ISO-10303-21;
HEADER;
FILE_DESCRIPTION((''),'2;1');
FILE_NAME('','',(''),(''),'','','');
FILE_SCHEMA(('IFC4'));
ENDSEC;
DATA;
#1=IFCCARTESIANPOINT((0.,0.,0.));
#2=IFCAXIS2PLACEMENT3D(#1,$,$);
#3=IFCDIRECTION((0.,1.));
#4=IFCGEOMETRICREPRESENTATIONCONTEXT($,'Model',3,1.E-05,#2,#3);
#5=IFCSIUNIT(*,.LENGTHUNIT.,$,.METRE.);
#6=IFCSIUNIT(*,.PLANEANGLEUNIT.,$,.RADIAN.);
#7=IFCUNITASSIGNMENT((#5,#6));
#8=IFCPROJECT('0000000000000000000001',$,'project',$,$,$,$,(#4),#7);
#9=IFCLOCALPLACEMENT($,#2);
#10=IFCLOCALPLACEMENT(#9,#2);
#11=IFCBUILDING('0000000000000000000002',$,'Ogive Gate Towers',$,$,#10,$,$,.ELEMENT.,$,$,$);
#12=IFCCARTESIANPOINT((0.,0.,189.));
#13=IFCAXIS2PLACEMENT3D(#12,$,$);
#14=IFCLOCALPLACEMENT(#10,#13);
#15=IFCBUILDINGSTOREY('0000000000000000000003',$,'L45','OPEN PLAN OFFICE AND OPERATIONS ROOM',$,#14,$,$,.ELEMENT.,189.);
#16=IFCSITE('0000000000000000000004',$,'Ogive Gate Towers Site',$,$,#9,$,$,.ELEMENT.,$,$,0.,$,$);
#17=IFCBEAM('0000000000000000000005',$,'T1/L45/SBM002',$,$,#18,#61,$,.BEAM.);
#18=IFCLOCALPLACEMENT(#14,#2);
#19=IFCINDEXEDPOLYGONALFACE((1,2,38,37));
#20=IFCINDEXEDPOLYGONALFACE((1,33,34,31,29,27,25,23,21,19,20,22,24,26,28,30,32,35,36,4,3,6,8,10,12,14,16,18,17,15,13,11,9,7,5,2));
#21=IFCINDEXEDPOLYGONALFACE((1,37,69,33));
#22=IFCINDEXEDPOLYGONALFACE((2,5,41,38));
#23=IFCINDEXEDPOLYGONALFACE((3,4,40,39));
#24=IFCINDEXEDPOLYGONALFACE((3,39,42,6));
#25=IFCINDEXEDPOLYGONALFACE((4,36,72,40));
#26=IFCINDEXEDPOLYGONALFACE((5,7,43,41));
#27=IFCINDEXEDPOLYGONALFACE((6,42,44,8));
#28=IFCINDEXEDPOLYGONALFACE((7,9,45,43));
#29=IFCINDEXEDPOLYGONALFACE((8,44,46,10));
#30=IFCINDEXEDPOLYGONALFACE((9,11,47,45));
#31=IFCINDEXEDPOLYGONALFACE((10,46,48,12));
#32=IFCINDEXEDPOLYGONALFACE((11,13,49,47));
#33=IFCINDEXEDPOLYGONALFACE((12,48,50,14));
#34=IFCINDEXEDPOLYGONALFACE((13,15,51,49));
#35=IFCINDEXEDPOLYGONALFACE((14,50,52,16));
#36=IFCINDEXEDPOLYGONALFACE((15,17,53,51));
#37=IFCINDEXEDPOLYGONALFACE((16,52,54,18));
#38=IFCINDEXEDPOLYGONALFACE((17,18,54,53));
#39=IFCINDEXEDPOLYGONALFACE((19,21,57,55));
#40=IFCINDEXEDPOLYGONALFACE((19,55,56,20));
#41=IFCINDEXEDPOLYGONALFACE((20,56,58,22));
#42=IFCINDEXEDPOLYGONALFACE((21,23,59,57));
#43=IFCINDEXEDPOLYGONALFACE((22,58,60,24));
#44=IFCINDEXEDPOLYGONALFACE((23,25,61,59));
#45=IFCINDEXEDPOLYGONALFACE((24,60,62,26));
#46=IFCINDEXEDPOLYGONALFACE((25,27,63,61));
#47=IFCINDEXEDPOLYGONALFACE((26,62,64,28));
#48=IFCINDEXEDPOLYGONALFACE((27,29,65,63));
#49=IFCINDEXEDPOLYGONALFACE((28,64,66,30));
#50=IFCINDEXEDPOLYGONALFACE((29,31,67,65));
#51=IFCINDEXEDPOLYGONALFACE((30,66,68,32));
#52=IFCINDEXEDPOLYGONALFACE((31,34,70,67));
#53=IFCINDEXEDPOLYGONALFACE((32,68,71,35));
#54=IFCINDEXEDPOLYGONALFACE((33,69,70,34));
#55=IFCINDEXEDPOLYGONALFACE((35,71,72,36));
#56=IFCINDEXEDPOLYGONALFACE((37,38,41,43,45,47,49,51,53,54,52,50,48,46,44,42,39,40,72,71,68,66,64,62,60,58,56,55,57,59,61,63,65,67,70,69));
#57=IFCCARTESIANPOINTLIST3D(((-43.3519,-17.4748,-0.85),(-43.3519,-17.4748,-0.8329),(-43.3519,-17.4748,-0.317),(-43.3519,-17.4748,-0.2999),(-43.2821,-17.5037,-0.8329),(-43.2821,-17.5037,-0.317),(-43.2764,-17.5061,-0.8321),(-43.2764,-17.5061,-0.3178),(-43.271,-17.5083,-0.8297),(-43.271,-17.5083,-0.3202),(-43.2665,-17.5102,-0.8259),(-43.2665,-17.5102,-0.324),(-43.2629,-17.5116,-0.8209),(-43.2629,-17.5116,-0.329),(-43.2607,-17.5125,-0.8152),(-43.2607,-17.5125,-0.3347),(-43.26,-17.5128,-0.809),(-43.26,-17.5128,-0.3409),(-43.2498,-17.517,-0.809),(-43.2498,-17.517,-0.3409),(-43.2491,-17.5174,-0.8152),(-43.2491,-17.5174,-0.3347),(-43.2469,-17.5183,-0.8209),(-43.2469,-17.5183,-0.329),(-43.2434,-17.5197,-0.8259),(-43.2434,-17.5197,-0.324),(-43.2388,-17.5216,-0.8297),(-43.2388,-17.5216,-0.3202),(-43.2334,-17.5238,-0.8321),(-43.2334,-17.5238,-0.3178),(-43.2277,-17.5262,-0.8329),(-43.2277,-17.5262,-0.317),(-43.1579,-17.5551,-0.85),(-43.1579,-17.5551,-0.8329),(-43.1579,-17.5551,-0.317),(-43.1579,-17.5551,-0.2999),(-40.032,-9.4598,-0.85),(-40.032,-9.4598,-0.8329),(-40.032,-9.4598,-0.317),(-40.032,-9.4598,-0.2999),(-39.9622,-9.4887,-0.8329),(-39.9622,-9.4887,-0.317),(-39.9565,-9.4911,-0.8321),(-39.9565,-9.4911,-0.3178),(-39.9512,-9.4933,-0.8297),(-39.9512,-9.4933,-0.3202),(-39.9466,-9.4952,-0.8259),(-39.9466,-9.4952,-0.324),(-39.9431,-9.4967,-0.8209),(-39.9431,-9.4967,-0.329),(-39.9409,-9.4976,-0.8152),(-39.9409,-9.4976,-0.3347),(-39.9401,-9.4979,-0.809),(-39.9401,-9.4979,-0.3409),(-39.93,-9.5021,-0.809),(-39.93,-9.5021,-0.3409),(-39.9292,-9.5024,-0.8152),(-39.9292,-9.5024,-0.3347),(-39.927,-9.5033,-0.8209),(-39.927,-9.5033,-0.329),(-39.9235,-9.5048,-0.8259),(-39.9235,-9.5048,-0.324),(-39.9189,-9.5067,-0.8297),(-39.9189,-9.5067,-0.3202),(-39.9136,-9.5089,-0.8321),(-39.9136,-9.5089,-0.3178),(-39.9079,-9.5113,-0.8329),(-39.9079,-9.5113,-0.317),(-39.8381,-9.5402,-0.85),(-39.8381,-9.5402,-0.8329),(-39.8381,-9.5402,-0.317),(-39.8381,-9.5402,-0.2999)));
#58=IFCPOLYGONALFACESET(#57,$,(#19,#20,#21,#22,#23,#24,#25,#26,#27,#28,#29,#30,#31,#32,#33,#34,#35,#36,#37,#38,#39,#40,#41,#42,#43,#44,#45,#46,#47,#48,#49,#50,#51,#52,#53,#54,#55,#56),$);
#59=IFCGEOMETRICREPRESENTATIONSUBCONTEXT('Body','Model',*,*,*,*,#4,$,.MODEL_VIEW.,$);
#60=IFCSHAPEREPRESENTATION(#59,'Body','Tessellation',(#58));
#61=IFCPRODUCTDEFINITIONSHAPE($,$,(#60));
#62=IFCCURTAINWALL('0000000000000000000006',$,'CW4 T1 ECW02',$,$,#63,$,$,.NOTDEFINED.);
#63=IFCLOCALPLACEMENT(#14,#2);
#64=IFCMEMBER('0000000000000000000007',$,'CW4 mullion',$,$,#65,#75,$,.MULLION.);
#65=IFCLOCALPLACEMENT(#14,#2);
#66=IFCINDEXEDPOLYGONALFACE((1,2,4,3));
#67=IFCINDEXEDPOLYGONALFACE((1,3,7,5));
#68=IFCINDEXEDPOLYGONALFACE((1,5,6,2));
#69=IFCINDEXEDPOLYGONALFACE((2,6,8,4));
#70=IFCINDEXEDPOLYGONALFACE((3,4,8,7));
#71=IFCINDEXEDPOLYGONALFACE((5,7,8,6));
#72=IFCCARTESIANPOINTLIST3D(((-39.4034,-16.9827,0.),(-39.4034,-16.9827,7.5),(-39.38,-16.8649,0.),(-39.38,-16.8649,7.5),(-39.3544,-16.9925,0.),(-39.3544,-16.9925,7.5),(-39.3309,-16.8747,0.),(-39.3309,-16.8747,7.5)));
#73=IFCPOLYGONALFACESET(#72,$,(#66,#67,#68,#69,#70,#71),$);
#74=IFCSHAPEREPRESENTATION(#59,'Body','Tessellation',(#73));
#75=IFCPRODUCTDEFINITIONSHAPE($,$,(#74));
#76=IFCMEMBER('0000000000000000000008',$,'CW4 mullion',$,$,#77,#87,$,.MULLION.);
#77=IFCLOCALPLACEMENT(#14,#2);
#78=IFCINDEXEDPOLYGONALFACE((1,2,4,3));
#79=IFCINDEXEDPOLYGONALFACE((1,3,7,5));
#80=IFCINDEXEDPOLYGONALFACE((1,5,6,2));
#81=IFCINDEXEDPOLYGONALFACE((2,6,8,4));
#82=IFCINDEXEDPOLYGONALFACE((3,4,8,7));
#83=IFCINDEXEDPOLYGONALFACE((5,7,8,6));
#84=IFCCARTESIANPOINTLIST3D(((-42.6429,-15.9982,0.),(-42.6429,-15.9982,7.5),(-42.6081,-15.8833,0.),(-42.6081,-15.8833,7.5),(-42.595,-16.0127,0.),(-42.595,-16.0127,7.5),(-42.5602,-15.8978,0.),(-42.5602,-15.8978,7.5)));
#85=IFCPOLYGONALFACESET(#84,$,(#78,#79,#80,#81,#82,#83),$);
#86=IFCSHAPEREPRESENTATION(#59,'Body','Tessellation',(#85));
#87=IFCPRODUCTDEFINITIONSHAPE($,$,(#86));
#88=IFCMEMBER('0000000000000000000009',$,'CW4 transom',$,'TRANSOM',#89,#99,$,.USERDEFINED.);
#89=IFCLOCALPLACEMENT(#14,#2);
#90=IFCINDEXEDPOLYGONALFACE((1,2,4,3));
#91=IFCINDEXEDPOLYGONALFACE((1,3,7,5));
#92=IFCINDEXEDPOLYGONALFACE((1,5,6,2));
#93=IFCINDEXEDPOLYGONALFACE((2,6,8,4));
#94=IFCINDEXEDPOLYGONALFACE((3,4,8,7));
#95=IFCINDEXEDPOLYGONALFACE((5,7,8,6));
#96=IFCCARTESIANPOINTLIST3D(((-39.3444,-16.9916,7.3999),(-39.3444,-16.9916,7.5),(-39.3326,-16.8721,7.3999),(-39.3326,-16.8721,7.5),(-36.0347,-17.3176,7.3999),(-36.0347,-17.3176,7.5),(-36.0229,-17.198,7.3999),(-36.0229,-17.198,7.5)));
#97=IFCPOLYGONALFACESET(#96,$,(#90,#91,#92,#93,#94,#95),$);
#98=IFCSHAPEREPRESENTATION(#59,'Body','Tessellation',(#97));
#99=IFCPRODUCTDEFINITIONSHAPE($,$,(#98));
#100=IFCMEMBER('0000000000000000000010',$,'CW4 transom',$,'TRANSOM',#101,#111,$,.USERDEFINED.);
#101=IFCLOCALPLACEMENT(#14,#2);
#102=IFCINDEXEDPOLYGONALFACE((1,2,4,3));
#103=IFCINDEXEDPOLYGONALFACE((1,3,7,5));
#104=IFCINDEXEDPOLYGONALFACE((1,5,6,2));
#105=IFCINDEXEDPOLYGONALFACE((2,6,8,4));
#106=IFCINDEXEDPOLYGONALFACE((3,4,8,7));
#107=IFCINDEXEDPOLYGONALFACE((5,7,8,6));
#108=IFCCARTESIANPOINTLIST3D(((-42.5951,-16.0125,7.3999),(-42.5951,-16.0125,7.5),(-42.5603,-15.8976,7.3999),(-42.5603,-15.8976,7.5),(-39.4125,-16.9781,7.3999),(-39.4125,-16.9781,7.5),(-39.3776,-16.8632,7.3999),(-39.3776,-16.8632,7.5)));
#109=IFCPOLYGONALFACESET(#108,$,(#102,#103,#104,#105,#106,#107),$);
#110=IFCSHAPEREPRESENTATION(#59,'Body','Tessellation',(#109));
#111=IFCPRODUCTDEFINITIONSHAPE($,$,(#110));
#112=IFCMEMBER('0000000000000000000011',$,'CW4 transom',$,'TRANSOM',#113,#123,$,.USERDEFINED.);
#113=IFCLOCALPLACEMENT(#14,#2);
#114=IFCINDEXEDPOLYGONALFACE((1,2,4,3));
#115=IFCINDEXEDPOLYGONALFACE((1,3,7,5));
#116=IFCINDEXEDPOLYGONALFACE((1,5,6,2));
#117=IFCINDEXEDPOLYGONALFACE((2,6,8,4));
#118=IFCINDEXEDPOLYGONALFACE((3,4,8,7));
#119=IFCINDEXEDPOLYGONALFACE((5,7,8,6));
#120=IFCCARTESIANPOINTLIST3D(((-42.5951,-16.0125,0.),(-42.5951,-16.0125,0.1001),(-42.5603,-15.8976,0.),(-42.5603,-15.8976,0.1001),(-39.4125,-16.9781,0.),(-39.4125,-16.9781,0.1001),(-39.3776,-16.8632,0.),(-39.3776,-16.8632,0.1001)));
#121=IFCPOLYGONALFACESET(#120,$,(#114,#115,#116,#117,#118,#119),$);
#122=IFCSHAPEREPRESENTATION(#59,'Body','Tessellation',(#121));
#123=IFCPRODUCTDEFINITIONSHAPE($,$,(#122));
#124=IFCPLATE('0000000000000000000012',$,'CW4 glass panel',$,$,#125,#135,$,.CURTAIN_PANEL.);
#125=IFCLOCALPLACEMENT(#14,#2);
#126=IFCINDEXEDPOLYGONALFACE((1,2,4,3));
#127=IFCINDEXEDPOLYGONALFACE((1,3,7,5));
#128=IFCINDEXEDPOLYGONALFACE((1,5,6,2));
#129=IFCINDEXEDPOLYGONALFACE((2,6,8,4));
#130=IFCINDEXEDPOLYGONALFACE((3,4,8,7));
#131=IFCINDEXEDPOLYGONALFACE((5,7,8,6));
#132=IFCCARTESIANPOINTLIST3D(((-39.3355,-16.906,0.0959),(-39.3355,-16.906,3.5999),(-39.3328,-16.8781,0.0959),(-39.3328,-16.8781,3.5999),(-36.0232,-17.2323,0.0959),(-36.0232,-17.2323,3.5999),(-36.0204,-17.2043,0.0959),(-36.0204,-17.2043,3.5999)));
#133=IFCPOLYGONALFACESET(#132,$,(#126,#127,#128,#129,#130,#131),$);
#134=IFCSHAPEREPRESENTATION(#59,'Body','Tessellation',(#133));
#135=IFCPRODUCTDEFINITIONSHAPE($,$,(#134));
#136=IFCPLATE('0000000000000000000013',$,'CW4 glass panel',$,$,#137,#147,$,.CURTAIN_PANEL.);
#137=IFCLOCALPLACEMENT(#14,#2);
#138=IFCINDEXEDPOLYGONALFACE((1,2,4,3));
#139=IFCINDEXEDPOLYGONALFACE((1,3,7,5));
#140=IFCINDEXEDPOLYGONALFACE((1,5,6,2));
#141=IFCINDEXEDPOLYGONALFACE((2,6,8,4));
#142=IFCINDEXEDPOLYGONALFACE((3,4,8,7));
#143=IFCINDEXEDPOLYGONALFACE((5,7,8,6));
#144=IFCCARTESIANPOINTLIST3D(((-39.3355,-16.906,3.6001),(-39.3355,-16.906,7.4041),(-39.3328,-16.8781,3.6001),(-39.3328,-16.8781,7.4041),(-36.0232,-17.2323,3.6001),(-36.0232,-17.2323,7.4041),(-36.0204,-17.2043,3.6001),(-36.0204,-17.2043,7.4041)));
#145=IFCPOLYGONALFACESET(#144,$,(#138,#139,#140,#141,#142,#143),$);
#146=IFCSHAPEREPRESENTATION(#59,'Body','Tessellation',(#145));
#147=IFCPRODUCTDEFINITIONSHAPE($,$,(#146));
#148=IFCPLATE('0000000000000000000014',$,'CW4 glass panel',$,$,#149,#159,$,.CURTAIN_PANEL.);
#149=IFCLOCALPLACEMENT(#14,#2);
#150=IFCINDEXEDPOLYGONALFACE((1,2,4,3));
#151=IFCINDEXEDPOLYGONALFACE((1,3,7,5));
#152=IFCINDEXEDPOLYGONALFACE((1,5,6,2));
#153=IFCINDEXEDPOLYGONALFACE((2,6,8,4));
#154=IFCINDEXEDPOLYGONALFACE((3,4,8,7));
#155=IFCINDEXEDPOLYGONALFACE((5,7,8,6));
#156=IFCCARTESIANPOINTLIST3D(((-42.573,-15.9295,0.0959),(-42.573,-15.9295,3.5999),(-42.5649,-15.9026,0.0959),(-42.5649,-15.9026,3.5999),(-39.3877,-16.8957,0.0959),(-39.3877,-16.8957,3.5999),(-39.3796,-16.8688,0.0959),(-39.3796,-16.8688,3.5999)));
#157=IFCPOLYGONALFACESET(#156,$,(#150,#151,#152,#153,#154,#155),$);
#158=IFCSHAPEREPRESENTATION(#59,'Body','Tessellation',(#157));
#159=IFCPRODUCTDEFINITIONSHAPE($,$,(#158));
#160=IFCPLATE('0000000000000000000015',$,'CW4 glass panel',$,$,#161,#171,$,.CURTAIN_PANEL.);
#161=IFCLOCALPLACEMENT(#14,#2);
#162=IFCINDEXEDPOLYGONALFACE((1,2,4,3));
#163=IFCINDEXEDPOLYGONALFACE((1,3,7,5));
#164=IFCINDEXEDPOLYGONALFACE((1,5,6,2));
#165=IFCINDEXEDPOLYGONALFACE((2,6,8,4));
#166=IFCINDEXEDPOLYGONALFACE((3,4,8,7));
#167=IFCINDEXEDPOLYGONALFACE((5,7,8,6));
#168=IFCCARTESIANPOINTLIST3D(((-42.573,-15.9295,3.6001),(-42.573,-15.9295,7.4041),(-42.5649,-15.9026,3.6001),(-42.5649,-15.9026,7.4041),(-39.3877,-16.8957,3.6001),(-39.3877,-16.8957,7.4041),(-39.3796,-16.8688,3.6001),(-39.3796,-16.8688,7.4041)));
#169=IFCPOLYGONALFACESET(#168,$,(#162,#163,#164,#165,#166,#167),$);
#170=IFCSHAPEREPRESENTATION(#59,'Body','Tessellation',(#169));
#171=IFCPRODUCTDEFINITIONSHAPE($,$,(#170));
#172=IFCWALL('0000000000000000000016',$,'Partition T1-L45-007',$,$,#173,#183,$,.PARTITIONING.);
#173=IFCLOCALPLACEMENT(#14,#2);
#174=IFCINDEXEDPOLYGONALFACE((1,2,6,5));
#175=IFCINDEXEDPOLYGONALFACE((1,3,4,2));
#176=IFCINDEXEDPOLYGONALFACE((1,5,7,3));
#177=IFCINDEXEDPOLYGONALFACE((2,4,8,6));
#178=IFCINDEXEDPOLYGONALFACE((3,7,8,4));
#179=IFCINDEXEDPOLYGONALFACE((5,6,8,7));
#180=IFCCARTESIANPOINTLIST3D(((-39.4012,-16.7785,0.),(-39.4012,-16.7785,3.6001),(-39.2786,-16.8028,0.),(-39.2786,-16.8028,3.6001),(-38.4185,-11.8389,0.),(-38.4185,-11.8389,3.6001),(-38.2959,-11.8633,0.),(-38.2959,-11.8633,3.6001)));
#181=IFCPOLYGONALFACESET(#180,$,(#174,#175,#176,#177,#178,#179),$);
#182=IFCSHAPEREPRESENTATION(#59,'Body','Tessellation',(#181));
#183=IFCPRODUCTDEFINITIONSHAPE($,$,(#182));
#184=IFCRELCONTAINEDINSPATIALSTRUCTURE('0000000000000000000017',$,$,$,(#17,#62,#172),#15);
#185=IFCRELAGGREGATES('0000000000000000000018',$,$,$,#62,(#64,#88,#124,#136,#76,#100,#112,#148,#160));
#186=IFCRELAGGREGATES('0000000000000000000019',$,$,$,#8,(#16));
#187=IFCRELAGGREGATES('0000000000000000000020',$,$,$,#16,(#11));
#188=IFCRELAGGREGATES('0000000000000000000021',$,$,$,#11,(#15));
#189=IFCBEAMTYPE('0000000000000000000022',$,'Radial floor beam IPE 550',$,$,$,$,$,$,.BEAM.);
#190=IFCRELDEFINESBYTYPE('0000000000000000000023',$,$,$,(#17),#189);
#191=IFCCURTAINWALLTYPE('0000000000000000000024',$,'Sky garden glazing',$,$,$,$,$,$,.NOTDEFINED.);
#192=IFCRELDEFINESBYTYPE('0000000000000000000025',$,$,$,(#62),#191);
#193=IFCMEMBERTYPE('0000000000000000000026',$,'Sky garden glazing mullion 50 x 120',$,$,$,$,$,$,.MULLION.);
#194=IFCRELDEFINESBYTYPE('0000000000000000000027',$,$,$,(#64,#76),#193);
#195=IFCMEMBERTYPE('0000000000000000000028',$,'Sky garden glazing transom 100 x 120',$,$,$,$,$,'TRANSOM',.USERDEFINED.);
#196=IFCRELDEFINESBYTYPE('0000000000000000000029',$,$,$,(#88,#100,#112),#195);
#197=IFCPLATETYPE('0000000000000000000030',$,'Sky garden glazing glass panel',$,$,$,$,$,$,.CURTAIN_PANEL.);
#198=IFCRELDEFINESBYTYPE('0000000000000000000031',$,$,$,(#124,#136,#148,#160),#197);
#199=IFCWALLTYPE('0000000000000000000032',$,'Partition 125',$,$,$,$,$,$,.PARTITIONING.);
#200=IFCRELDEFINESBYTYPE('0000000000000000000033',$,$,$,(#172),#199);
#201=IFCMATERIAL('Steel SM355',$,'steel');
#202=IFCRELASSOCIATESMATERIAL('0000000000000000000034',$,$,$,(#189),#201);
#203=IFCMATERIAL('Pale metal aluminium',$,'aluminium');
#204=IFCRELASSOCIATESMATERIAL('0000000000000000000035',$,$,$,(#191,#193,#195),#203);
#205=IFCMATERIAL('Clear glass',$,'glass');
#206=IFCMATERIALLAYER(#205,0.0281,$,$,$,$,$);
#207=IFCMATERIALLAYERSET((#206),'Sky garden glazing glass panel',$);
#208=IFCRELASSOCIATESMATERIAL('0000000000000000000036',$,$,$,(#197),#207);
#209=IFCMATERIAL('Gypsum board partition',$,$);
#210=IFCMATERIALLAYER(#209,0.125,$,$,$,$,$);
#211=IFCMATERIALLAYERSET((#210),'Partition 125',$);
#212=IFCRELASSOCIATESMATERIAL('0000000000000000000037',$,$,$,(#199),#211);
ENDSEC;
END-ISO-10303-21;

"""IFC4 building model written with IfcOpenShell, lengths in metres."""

from ifc_helpers import new_model, si_unit, direction, frame, frame_2d, origin, origin_2d, place, context, subcontext, project, spatial, rectangle, i_section, extrude, material, layer, layer_set, material_profile, profile_set, type_object, element, aggregate, save


model = new_model("IFC4")

# Units and contexts
model_context = context("Model", 3, precision=1e-05, world=origin(), true_north=direction((0.0, 1.0)))
body_context = subcontext(model_context, "Body", "Model", "MODEL_VIEW")
ifc_project = project(units=[si_unit("LENGTHUNIT", "METRE"), si_unit("PLANEANGLEUNIT", "RADIAN")], contexts=[model_context])

# Site, building, storey
site_placement = place(None, origin())
site = spatial("IfcSite", under=ifc_project, at=site_placement, Name="Ogive Gate Towers Site", CompositionType="ELEMENT", RefElevation=0.0)
building_placement = place(site_placement, origin())
building = spatial("IfcBuilding", under=site, at=building_placement, Name="Ogive Gate Towers", CompositionType="ELEMENT")
storey_placement = place(building_placement, frame((0.0, 0.0, 189.0)))
storey = spatial("IfcBuildingStorey", under=building, at=storey_placement, Name="L45", Description="OPEN PLAN OFFICE AND OPERATIONS ROOM", CompositionType="ELEMENT", Elevation=189.0)

# Beam
ifc_material_1 = material(Name="Steel SM355", Category="steel")
ifc_material_profile_1 = material_profile(ifc_material_1, i_section(OverallWidth=0.21, OverallDepth=0.55, WebThickness=0.011, FlangeThickness=0.0171, FilletRadius=0.0239, at=origin_2d()), Name="IPE 550")
ifc_profile_set_1 = profile_set([ifc_material_profile_1], Name="Steel SM355")
beam_type = type_object("IfcBeamType", Name="Radial floor beam IPE 550", PredefinedType="BEAM", material=ifc_profile_set_1)
beam_placement = place(storey_placement, frame((-39.9351, -9.5, -0.575), z_axis=(-0.382678, -0.923882, 0.0), x_axis=(0.923882, -0.382678, 0.0)))
element("IfcBeam", 1, at=beam_placement, inside=storey, type_object=beam_type, Name="T1/L45/SBM002", PredefinedType="BEAM", context=body_context, shape_type="SweptSolid", body=[
    extrude(i_section(OverallWidth=0.21, OverallDepth=0.55, WebThickness=0.011, FlangeThickness=0.0171, FilletRadius=0.0239, at=origin_2d()), origin(), (0.0, 0.0, 1.0), 8.6753),
])

# Curtain wall, members, plates
ifc_material_2 = material(Name="Pale metal aluminium", Category="aluminium")
curtain_wall_type = type_object("IfcCurtainWallType", Name="Sky garden glazing", PredefinedType="NOTDEFINED", material=ifc_material_2)
curtain_wall_placement = place(storey_placement, origin())
curtain_wall = element("IfcCurtainWall", 2, at=curtain_wall_placement, inside=storey, type_object=curtain_wall_type, Name="CW4 T1 ECW02", PredefinedType="NOTDEFINED")
ifc_material_profile_2 = material_profile(ifc_material_2, rectangle(XDim=0.1201, YDim=0.05, at=origin_2d()), Name="50 x 120 aluminium box")
ifc_profile_set_2 = profile_set([ifc_material_profile_2], Name="Pale metal aluminium")
member_type_1 = type_object("IfcMemberType", Name="Sky garden glazing mullion 50 x 120", PredefinedType="MULLION", material=ifc_profile_set_2)
member_1_placement = place(storey_placement, frame((-39.3672, -16.9287, 0.0), z_axis=(0.0, 0.0, 1.0), x_axis=(0.19509, 0.980785, 0.0)))
member_1 = element("IfcMember", 3, at=member_1_placement, type_object=member_type_1, Name="CW4 mullion", PredefinedType="MULLION", context=body_context, shape_type="SweptSolid", body=[
    extrude(rectangle(XDim=0.1201, YDim=0.05, at=origin_2d()), origin(), (0.0, 0.0, 1.0), 7.5),
])
member_2_placement = place(storey_placement, frame((-42.6016, -15.948, 0.0), z_axis=(0.0, 0.0, 1.0), x_axis=(0.290268, 0.956945, 0.0)))
member_2 = element("IfcMember", 4, at=member_2_placement, type_object=member_type_1, Name="CW4 mullion", PredefinedType="MULLION", context=body_context, shape_type="SweptSolid", body=[
    extrude(rectangle(XDim=0.1201, YDim=0.05, at=origin_2d()), origin(), (0.0, 0.0, 1.0), 7.5),
])
ifc_material_profile_3 = material_profile(ifc_material_2, rectangle(XDim=0.1201, YDim=0.1001, at=origin_2d()), Name="100 x 120 aluminium box")
ifc_profile_set_3 = profile_set([ifc_material_profile_3], Name="Pale metal aluminium")
member_type_2 = type_object("IfcMemberType", Name="Sky garden glazing transom 100 x 120", ElementType="TRANSOM", PredefinedType="USERDEFINED", material=ifc_profile_set_3)
member_3_placement = place(storey_placement, frame((-36.0288, -17.2578, 7.45), z_axis=(-0.995186, 0.098006, 0.0), x_axis=(-0.098006, -0.995186, 0.0)))
member_3 = element("IfcMember", 5, at=member_3_placement, type_object=member_type_2, Name="CW4 transom", ObjectType="TRANSOM", PredefinedType="USERDEFINED", context=body_context, shape_type="SweptSolid", body=[
    extrude(rectangle(XDim=0.1201, YDim=0.1001, at=origin_2d()), origin(), (0.0, 0.0, 1.0), 3.3257),
])
member_4_placement = place(storey_placement, frame((-39.395, -16.9207, 7.45), z_axis=(-0.956929, 0.290323, 0.0), x_axis=(-0.290323, -0.956929, 0.0)))
member_4 = element("IfcMember", 6, at=member_4_placement, type_object=member_type_2, Name="CW4 transom", ObjectType="TRANSOM", PredefinedType="USERDEFINED", context=body_context, shape_type="SweptSolid", body=[
    extrude(rectangle(XDim=0.1201, YDim=0.1001, at=origin_2d()), origin(), (0.0, 0.0, 1.0), 3.3259),
])
member_5_placement = place(storey_placement, frame((-39.395, -16.9207, 0.05), z_axis=(-0.956929, 0.290323, 0.0), x_axis=(-0.290323, -0.956929, 0.0)))
member_5 = element("IfcMember", 7, at=member_5_placement, type_object=member_type_2, Name="CW4 transom", ObjectType="TRANSOM", PredefinedType="USERDEFINED", context=body_context, shape_type="SweptSolid", body=[
    extrude(rectangle(XDim=0.1201, YDim=0.1001, at=origin_2d()), origin(), (0.0, 0.0, 1.0), 3.3259),
])
ifc_material_3 = material(Name="Clear glass", Category="glass")
ifc_layer_1 = layer(ifc_material_3, 0.0281)
ifc_layer_set_1 = layer_set([ifc_layer_1], Name="Sky garden glazing glass panel")
plate_type = type_object("IfcPlateType", Name="Sky garden glazing glass panel", PredefinedType="CURTAIN_PANEL", material=ifc_layer_set_1)
plate_1_placement = place(storey_placement, frame((-37.678, -17.0552, 0.0959), z_axis=(0.0, 0.0, 1.0), x_axis=(-0.995185, 0.098017, 0.0)))
plate_1 = element("IfcPlate", 8, at=plate_1_placement, type_object=plate_type, Name="CW4 glass panel", PredefinedType="CURTAIN_PANEL", context=body_context, shape_type="SweptSolid", body=[
    extrude(rectangle(XDim=3.3284, YDim=0.0281, at=origin_2d()), origin(), (0.0, 0.0, 1.0), 3.5039),
])
plate_2_placement = place(storey_placement, frame((-37.678, -17.0552, 3.6001), z_axis=(0.0, 0.0, 1.0), x_axis=(-0.995185, 0.098017, 0.0)))
plate_2 = element("IfcPlate", 9, at=plate_2_placement, type_object=plate_type, Name="CW4 glass panel", PredefinedType="CURTAIN_PANEL", context=body_context, shape_type="SweptSolid", body=[
    extrude(rectangle(XDim=3.3284, YDim=0.0281, at=origin_2d()), origin(), (0.0, 0.0, 1.0), 3.804),
])
plate_3_placement = place(storey_placement, frame((-40.9763, -16.3992, 0.0959), z_axis=(0.0, 0.0, 1.0), x_axis=(-0.956945, 0.290268, 0.0)))
plate_3 = element("IfcPlate", 10, at=plate_3_placement, type_object=plate_type, Name="CW4 glass panel", PredefinedType="CURTAIN_PANEL", context=body_context, shape_type="SweptSolid", body=[
    extrude(rectangle(XDim=3.3286, YDim=0.0281, at=origin_2d()), origin(), (0.0, 0.0, 1.0), 3.5039),
])
plate_4_placement = place(storey_placement, frame((-40.9763, -16.3992, 3.6001), z_axis=(0.0, 0.0, 1.0), x_axis=(-0.956945, 0.290268, 0.0)))
plate_4 = element("IfcPlate", 11, at=plate_4_placement, type_object=plate_type, Name="CW4 glass panel", PredefinedType="CURTAIN_PANEL", context=body_context, shape_type="SweptSolid", body=[
    extrude(rectangle(XDim=3.3286, YDim=0.0281, at=origin_2d()), origin(), (0.0, 0.0, 1.0), 3.804),
])
aggregate(curtain_wall, [member_1, member_3, plate_1, plate_2, member_2, member_4, member_5, plate_3, plate_4])

# Wall
ifc_material_4 = material(Name="Gypsum board partition")
ifc_layer_2 = layer(ifc_material_4, 0.125)
ifc_layer_set_2 = layer_set([ifc_layer_2], Name="Partition 125")
wall_type_1 = type_object("IfcWallType", Name="Partition 125", PredefinedType="PARTITIONING", material=ifc_layer_set_2)
wall_1_placement = place(storey_placement, frame((-39.3398, -16.7905, 0.0), z_axis=(0.0, 0.0, 1.0), x_axis=(0.195109, 0.980782, 0.0)))
element("IfcWall", 12, at=wall_1_placement, inside=storey, type_object=wall_type_1, Name="Partition T1-L45-007", PredefinedType="PARTITIONING", context=body_context, shape_type="SweptSolid", body=[
    extrude(rectangle(XDim=5.0364, YDim=0.125, at=frame_2d((2.5181, 0.0))), origin(), (0.0, 0.0, 1.0), 3.6001),
])

save(model, "model.ifc")
